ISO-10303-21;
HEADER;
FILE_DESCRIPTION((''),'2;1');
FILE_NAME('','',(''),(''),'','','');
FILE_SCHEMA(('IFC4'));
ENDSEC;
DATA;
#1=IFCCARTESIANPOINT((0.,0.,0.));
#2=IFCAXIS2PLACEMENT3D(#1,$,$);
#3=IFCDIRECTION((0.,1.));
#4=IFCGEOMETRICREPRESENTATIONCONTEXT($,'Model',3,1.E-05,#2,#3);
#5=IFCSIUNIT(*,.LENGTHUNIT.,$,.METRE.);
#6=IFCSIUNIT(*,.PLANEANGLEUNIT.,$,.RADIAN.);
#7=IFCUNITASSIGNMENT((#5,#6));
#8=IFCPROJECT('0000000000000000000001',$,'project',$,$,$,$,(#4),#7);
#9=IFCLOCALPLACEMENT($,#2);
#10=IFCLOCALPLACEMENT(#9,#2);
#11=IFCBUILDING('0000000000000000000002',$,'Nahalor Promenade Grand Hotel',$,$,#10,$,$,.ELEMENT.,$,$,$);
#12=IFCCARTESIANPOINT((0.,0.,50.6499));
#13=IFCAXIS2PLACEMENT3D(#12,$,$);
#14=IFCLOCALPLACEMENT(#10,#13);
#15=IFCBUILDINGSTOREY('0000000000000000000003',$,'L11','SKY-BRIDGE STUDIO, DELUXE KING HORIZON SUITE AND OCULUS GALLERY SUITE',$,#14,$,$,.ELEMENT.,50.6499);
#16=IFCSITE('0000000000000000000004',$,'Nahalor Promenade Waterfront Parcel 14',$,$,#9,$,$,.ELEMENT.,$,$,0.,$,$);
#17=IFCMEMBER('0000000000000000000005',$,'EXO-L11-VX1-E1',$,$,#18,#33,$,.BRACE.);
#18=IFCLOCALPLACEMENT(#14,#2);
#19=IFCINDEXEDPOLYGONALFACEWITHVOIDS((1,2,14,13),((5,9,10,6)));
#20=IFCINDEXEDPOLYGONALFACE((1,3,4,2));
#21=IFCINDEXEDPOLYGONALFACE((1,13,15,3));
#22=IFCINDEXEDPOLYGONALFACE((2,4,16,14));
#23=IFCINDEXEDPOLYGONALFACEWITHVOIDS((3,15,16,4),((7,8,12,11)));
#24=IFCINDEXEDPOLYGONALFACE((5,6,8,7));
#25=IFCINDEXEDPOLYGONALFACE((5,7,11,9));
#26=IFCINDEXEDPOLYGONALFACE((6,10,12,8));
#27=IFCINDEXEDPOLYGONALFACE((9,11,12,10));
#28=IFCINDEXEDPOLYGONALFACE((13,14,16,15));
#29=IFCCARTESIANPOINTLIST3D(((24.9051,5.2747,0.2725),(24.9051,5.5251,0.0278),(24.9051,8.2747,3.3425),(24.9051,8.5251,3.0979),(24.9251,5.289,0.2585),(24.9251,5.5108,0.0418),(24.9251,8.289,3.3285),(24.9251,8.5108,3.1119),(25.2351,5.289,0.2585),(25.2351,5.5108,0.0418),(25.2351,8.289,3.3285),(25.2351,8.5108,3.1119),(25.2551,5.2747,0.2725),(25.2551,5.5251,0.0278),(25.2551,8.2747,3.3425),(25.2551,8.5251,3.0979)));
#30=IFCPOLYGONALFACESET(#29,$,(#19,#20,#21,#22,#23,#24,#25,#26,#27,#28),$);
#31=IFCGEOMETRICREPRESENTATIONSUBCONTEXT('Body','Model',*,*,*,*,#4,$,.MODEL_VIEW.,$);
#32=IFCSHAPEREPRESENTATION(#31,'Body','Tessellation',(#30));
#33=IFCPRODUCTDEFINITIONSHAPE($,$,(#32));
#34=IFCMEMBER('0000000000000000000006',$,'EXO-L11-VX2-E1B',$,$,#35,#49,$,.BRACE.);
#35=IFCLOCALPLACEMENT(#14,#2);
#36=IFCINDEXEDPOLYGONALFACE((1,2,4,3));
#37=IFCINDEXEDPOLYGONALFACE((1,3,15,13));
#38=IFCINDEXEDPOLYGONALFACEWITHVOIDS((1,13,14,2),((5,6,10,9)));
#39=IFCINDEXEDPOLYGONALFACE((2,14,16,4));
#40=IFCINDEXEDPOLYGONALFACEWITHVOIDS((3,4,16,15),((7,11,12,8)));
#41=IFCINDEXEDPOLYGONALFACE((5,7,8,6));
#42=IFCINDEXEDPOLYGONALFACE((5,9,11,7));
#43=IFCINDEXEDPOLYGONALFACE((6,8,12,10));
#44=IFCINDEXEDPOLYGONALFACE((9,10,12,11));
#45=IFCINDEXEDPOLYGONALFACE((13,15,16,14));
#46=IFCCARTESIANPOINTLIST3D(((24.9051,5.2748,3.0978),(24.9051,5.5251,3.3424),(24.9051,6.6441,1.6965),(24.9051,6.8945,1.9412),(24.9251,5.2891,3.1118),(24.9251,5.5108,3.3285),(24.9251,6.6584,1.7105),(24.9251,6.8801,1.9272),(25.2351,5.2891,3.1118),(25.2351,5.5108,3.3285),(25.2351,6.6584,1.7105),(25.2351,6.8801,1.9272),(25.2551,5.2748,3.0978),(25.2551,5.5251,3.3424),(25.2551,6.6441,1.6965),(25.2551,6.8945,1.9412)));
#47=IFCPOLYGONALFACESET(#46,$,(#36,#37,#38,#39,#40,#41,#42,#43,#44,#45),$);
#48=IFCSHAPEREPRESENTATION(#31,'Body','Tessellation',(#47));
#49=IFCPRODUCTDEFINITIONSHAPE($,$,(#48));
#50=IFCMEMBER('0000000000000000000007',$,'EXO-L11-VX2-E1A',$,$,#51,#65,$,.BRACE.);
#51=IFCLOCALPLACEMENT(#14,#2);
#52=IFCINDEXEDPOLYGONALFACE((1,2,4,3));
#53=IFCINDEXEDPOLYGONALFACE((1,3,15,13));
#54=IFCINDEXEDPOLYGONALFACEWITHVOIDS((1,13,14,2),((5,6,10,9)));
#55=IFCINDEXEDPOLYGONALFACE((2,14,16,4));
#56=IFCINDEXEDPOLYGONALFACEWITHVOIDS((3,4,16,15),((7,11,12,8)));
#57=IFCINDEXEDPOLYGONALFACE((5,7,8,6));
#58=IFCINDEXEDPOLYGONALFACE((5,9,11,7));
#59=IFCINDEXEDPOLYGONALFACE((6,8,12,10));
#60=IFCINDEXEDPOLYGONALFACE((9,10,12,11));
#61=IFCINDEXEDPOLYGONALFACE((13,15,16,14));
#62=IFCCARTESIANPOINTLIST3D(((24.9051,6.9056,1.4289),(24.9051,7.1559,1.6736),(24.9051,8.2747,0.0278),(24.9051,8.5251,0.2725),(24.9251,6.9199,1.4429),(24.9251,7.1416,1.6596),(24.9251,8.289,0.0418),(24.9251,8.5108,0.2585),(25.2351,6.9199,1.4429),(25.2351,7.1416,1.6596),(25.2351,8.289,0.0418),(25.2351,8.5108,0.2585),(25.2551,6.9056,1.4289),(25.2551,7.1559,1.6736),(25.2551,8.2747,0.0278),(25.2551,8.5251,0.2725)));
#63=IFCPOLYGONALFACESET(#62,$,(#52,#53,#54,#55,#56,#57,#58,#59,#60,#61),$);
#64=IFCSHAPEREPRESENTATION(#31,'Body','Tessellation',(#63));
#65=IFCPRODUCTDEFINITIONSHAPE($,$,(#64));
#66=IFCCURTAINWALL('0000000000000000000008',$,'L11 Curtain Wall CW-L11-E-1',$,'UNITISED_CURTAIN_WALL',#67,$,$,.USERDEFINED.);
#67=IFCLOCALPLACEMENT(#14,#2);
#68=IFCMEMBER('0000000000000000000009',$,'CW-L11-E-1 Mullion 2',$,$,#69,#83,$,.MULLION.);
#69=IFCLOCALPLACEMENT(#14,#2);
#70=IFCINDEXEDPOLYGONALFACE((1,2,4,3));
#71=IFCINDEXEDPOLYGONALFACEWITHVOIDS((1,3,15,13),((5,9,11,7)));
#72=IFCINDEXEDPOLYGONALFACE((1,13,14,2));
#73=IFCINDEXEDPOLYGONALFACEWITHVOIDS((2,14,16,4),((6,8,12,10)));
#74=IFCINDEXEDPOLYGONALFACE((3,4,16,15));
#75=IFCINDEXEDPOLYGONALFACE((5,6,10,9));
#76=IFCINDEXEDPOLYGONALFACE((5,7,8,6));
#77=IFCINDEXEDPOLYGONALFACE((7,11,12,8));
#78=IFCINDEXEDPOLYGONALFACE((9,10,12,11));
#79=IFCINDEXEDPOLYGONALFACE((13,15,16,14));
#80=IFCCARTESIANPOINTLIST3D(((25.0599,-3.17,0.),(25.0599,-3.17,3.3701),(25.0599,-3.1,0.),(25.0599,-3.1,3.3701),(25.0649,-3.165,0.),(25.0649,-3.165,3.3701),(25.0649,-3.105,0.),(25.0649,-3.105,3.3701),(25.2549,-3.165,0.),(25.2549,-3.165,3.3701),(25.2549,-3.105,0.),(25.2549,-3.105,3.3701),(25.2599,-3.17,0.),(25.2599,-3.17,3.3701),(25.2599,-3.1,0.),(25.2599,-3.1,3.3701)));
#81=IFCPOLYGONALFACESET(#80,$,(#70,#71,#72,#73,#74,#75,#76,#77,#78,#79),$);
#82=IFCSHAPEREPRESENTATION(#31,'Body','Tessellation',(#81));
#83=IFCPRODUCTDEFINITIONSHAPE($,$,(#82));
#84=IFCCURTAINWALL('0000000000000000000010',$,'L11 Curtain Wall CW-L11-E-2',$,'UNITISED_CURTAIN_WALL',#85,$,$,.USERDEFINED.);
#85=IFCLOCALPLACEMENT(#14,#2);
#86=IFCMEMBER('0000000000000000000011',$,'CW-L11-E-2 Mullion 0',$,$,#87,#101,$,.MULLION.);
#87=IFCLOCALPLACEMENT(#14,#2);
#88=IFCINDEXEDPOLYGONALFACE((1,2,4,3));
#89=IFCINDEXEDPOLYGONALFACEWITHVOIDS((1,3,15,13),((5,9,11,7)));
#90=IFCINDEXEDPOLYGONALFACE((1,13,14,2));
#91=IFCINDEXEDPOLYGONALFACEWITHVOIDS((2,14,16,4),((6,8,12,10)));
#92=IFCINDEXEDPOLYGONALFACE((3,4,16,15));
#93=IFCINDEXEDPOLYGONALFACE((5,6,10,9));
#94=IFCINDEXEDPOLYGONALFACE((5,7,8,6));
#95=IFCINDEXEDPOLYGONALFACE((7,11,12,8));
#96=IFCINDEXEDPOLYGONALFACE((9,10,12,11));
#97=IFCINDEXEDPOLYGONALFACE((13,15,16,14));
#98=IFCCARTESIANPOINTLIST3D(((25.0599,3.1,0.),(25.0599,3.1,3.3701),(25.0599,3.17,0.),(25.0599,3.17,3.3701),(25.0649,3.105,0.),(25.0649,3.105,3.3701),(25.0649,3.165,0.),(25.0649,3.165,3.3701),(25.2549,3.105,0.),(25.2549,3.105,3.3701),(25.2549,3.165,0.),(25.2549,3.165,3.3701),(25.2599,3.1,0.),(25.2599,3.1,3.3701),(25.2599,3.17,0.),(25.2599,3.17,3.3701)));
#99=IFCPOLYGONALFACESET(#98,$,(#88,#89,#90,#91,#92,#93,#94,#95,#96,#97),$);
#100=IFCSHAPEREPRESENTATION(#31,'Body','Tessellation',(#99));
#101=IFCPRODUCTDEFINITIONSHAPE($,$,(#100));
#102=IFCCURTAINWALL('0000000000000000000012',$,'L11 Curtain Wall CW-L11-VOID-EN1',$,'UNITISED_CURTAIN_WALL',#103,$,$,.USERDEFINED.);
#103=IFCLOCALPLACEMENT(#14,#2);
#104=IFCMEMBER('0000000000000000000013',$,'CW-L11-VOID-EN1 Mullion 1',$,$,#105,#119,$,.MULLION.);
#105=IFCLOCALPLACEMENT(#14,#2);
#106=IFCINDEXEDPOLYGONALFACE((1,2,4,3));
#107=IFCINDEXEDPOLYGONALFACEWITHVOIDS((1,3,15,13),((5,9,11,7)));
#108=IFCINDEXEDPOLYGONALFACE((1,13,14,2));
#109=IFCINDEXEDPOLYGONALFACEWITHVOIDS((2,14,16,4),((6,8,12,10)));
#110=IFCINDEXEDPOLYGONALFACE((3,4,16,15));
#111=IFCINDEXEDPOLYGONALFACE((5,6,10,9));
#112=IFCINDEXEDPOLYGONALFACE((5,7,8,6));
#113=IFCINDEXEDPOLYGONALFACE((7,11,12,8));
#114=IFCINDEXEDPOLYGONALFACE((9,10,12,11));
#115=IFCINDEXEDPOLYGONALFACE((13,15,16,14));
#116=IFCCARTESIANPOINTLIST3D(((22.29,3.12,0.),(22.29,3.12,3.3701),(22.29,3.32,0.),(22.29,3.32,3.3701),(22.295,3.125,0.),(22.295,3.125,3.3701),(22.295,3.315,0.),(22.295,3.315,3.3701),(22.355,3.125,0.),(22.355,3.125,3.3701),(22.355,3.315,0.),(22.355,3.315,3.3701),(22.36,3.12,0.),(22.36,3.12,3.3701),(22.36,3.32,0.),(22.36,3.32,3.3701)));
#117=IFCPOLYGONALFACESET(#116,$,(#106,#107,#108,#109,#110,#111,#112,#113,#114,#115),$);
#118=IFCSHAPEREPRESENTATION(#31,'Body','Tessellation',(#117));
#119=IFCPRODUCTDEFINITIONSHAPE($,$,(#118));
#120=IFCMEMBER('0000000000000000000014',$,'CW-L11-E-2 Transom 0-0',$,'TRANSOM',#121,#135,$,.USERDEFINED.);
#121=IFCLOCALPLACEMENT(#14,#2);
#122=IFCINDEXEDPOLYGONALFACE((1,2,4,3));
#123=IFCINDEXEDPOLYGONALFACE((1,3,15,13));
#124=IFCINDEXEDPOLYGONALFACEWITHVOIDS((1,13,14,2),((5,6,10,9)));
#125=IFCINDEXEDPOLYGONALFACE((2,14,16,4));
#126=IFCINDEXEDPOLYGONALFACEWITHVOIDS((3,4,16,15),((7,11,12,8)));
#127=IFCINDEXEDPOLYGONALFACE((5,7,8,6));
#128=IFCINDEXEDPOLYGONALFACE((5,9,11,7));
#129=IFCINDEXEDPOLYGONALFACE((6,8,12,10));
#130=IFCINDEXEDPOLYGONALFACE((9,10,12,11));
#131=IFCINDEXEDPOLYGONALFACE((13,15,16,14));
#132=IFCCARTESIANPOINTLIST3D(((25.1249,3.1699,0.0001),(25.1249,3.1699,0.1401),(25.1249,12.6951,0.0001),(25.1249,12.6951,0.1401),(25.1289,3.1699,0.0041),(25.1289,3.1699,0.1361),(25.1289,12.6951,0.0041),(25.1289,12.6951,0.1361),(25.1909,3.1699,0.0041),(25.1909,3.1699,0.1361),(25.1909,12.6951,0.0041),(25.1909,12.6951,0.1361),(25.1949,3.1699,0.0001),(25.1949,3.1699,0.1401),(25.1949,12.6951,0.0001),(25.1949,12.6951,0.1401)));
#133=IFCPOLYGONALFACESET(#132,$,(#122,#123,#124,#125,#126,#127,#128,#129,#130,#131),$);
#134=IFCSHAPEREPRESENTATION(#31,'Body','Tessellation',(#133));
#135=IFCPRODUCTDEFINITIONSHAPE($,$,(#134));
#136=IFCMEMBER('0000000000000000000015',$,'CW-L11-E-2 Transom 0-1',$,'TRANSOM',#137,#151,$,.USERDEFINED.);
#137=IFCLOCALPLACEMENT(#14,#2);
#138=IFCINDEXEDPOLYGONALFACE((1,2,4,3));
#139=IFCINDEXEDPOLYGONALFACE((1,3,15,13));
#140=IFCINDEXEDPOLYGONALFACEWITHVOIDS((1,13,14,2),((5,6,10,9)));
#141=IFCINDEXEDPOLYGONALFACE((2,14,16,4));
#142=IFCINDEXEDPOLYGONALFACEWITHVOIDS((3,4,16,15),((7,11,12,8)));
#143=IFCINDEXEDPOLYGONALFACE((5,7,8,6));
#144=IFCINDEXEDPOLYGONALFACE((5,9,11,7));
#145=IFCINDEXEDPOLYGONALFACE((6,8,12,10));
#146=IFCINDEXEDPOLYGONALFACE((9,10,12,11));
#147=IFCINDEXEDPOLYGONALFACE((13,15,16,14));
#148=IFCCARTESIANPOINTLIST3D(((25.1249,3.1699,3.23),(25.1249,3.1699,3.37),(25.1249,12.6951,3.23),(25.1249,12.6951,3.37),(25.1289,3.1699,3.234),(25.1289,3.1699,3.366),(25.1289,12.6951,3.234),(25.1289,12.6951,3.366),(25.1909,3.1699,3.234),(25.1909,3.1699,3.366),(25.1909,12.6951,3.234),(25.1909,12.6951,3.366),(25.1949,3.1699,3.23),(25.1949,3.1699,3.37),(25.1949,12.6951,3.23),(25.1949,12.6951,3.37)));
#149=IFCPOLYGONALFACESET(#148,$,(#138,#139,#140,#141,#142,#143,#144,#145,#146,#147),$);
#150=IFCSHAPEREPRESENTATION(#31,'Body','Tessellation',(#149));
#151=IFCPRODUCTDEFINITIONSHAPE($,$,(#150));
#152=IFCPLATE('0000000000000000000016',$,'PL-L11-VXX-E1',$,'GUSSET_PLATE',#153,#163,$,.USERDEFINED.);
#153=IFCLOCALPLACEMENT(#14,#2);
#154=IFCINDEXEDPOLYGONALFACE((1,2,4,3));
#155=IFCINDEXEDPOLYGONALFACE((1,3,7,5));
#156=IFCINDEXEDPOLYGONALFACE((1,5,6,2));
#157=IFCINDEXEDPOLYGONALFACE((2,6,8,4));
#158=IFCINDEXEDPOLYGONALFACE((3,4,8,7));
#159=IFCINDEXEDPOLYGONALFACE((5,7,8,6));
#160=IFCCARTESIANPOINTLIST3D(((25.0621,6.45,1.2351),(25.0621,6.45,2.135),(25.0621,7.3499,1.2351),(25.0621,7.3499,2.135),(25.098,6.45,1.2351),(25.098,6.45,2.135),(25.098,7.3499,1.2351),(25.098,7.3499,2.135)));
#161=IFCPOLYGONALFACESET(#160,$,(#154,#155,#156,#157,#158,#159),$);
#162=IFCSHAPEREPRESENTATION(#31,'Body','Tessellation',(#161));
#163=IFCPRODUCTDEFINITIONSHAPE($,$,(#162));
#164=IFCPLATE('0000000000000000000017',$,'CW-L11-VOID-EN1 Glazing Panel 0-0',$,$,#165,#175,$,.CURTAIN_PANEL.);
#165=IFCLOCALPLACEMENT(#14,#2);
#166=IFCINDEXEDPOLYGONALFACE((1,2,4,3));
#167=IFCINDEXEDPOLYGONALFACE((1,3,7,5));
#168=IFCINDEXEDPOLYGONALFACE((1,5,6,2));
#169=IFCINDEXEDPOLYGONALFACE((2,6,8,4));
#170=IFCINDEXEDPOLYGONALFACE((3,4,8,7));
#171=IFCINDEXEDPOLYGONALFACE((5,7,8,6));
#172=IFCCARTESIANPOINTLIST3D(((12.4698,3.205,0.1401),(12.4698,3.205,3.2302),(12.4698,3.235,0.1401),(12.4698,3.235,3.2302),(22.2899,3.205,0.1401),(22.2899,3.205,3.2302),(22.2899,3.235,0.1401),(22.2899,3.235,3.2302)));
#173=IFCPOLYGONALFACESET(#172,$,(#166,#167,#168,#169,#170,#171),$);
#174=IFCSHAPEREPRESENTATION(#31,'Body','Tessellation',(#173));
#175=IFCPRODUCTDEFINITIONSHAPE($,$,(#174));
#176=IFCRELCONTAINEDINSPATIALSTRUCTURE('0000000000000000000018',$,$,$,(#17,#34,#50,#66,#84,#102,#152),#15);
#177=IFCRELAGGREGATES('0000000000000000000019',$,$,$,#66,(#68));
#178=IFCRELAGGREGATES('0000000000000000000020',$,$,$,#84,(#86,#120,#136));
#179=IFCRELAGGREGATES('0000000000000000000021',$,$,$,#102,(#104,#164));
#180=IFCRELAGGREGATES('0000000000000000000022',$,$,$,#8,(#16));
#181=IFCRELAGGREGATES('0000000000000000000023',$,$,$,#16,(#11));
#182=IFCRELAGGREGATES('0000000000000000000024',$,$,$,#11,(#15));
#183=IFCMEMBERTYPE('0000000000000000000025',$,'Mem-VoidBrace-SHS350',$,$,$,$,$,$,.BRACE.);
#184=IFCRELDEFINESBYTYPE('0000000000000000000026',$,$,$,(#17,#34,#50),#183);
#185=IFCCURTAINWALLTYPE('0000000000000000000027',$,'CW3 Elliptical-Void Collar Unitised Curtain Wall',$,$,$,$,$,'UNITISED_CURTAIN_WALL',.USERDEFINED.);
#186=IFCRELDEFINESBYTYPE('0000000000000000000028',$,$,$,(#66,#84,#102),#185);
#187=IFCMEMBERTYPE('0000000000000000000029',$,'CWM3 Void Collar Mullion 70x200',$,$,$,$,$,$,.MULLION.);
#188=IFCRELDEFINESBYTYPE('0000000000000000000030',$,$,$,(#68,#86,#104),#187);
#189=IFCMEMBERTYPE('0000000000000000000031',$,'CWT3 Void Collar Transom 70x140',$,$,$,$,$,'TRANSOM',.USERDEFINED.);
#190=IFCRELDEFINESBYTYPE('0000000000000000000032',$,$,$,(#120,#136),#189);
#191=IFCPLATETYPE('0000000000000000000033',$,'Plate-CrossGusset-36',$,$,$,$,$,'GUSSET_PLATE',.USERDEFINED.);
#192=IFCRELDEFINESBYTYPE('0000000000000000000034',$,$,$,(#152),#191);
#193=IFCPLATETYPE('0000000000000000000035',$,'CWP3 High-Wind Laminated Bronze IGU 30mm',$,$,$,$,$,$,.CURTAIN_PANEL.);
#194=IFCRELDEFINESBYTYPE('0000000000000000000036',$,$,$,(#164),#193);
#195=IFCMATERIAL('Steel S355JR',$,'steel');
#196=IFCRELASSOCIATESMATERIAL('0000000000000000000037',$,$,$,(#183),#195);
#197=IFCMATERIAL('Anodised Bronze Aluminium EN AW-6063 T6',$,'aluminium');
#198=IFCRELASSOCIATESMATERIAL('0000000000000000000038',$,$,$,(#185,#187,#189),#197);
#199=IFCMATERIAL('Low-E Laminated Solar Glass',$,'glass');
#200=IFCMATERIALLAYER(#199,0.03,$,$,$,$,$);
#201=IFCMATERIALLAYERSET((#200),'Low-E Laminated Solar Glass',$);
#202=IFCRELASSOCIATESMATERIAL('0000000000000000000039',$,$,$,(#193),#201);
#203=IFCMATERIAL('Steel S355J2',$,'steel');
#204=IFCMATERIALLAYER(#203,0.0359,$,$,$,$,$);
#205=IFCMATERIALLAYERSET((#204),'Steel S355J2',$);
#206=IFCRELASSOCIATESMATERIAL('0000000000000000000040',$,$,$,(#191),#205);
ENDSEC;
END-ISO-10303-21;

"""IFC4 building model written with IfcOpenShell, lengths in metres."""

from ifc_helpers import new_model, si_unit, direction, frame, origin, origin_2d, place, context, subcontext, project, spatial, rectangle, hollow_rectangle, extrude, source, transform, mapped, material, layer, layer_set, material_profile, profile_set, type_object, element, aggregate, save


model = new_model("IFC4")

# Units and contexts
model_context = context("Model", 3, precision=1e-05, world=origin(), true_north=direction((0.0, 1.0)))
body_context = subcontext(model_context, "Body", "Model", "MODEL_VIEW")
ifc_project = project(units=[si_unit("LENGTHUNIT", "METRE"), si_unit("PLANEANGLEUNIT", "RADIAN")], contexts=[model_context])

# Site, building, storey
site_placement = place(None, origin())
site = spatial("IfcSite", under=ifc_project, at=site_placement, Name="Nahalor Promenade Waterfront Parcel 14", CompositionType="ELEMENT", RefElevation=0.0)
building_placement = place(site_placement, origin())
building = spatial("IfcBuilding", under=site, at=building_placement, Name="Nahalor Promenade Grand Hotel", CompositionType="ELEMENT")
storey_placement = place(building_placement, frame((0.0, 0.0, 50.6499)))
storey = spatial("IfcBuildingStorey", under=building, at=storey_placement, Name="L11", Description="SKY-BRIDGE STUDIO, DELUXE KING HORIZON SUITE AND OCULUS GALLERY SUITE", CompositionType="ELEMENT", Elevation=50.6499)

# Shared definitions
ifc_material_1 = material(Name="Steel S355J2", Category="steel")

# Shared definitions
ifc_material_2 = material(Name="Steel S355JR", Category="steel")

# Members
ifc_material_profile_1 = material_profile(ifc_material_2, hollow_rectangle(XDim=0.35, YDim=0.35, WallThickness=0.02, at=origin_2d()), Name="SHS 350x350x20")
ifc_profile_set_1 = profile_set([ifc_material_profile_1], Name="Steel S355JR")
member_type_1 = type_object("IfcMemberType", Name="Mem-VoidBrace-SHS350", PredefinedType="BRACE", material=ifc_profile_set_1)
shared_shape_1 = source(origin(), body_context, "Body", "SweptSolid", [
    extrude(hollow_rectangle(XDim=0.35, YDim=0.35, WallThickness=0.02, at=origin_2d()), origin(), (0.0, 0.0, 1.0), 4.2925),
])
member_1_placement = place(storey_placement, frame((25.0801, 5.3999, 0.1501), z_axis=(0.0, 0.698898, 0.715221), x_axis=(-1.0, 0.0, 0.0)))
element("IfcMember", 1, at=member_1_placement, inside=storey, type_object=member_type_1, Name="EXO-L11-VX1-E1", PredefinedType="BRACE", context=body_context, shape_type="MappedRepresentation", body=[
    mapped(shared_shape_1, transform((0.0, 0.0, 0.0), scale=1.0)),
])
shared_shape_2 = source(origin(), body_context, "Body", "SweptSolid", [
    extrude(hollow_rectangle(XDim=0.35, YDim=0.35, WallThickness=0.02, at=origin_2d()), origin(), (0.0, 0.0, 1.0), 1.9592),
])
member_2_placement = place(storey_placement, frame((25.0801, 6.7693, 1.8188), z_axis=(0.0, -0.698898, 0.715221), x_axis=(1.0, 0.0, 0.0)))
element("IfcMember", 2, at=member_2_placement, inside=storey, type_object=member_type_1, Name="EXO-L11-VX2-E1B", PredefinedType="BRACE", context=body_context, shape_type="MappedRepresentation", body=[
    mapped(shared_shape_2, transform((0.0, 0.0, 0.0), scale=1.0)),
])
shared_shape_3 = source(origin(), body_context, "Body", "SweptSolid", [
    extrude(hollow_rectangle(XDim=0.35, YDim=0.35, WallThickness=0.02, at=origin_2d()), origin(), (0.0, 0.0, 1.0), 1.959),
])
member_3_placement = place(storey_placement, frame((25.0801, 8.3999, 0.1501), z_axis=(0.0, -0.698897, 0.715223), x_axis=(1.0, 0.0, 0.0)))
element("IfcMember", 3, at=member_3_placement, inside=storey, type_object=member_type_1, Name="EXO-L11-VX2-E1A", PredefinedType="BRACE", context=body_context, shape_type="MappedRepresentation", body=[
    mapped(shared_shape_3, transform((0.0, 0.0, 0.0), scale=1.0)),
])

# Curtain walls, members
ifc_material_3 = material(Name="Anodised Bronze Aluminium EN AW-6063 T6", Category="aluminium")
curtain_wall_type = type_object("IfcCurtainWallType", Name="CW3 Elliptical-Void Collar Unitised Curtain Wall", ElementType="UNITISED_CURTAIN_WALL", PredefinedType="USERDEFINED", material=ifc_material_3)
curtain_wall_1_placement = place(storey_placement, origin())
curtain_wall_1 = element("IfcCurtainWall", 4, at=curtain_wall_1_placement, inside=storey, type_object=curtain_wall_type, Name="L11 Curtain Wall CW-L11-E-1", ObjectType="UNITISED_CURTAIN_WALL", PredefinedType="USERDEFINED")
ifc_material_profile_2 = material_profile(ifc_material_3, hollow_rectangle(XDim=0.07, YDim=0.2, WallThickness=0.005, at=origin_2d()), Name="CWM 70x200x5")
ifc_profile_set_2 = profile_set([ifc_material_profile_2], Name="Anodised Bronze Aluminium EN AW-6063 T6")
member_type_2 = type_object("IfcMemberType", Name="CWM3 Void Collar Mullion 70x200", PredefinedType="MULLION", material=ifc_profile_set_2)
shared_shape_4 = source(origin(), body_context, "Body", "SweptSolid", [
    extrude(hollow_rectangle(XDim=0.07, YDim=0.2, WallThickness=0.005, at=origin_2d()), origin(), (0.0, 0.0, 1.0), 3.3701),
])
member_4_placement = place(storey_placement, frame((25.1599, -3.135, 0.0), z_axis=(0.0, 0.0, 1.0), x_axis=(0.0, 1.0, 0.0)))
member_4 = element("IfcMember", 5, at=member_4_placement, type_object=member_type_2, Name="CW-L11-E-1 Mullion 2", PredefinedType="MULLION", context=body_context, shape_type="MappedRepresentation", body=[
    mapped(shared_shape_4, transform((0.0, 0.0, 0.0), scale=1.0)),
])
aggregate(curtain_wall_1, [member_4])
curtain_wall_2_placement = place(storey_placement, origin())
curtain_wall_2 = element("IfcCurtainWall", 6, at=curtain_wall_2_placement, inside=storey, type_object=curtain_wall_type, Name="L11 Curtain Wall CW-L11-E-2", ObjectType="UNITISED_CURTAIN_WALL", PredefinedType="USERDEFINED")
member_5_placement = place(storey_placement, frame((25.1599, 3.135, 0.0), z_axis=(0.0, 0.0, 1.0), x_axis=(0.0, 1.0, 0.0)))
member_5 = element("IfcMember", 7, at=member_5_placement, type_object=member_type_2, Name="CW-L11-E-2 Mullion 0", PredefinedType="MULLION", context=body_context, shape_type="MappedRepresentation", body=[
    mapped(shared_shape_4, transform((0.0, 0.0, 0.0), scale=1.0)),
])
curtain_wall_3_placement = place(storey_placement, origin())
curtain_wall_3 = element("IfcCurtainWall", 8, at=curtain_wall_3_placement, inside=storey, type_object=curtain_wall_type, Name="L11 Curtain Wall CW-L11-VOID-EN1", ObjectType="UNITISED_CURTAIN_WALL", PredefinedType="USERDEFINED")
member_6_placement = place(storey_placement, frame((22.325, 3.22, 0.0), z_axis=(0.0, 0.0, 1.0), x_axis=(1.0, 0.0, 0.0)))
member_6 = element("IfcMember", 9, at=member_6_placement, type_object=member_type_2, Name="CW-L11-VOID-EN1 Mullion 1", PredefinedType="MULLION", context=body_context, shape_type="MappedRepresentation", body=[
    mapped(shared_shape_4, transform((0.0, 0.0, 0.0), scale=1.0)),
])

# Members
ifc_material_profile_3 = material_profile(ifc_material_3, hollow_rectangle(XDim=0.07, YDim=0.14, WallThickness=0.004, at=origin_2d()), Name="CWT 70x140x4")
ifc_profile_set_3 = profile_set([ifc_material_profile_3], Name="Anodised Bronze Aluminium EN AW-6063 T6")
member_type_3 = type_object("IfcMemberType", Name="CWT3 Void Collar Transom 70x140", ElementType="TRANSOM", PredefinedType="USERDEFINED", material=ifc_profile_set_3)
shared_shape_5 = source(origin(), body_context, "Body", "SweptSolid", [
    extrude(hollow_rectangle(XDim=0.07, YDim=0.14, WallThickness=0.004, at=origin_2d()), origin(), (0.0, 0.0, 1.0), 9.5251),
])
member_7_placement = place(storey_placement, frame((25.1599, 3.1699, 0.0701), z_axis=(0.0, 1.0, 0.0), x_axis=(-1.0, 0.0, 0.0)))
member_7 = element("IfcMember", 10, at=member_7_placement, type_object=member_type_3, Name="CW-L11-E-2 Transom 0-0", ObjectType="TRANSOM", PredefinedType="USERDEFINED", context=body_context, shape_type="MappedRepresentation", body=[
    mapped(shared_shape_5, transform((0.0, 0.0, 0.0), scale=1.0)),
])
member_8_placement = place(storey_placement, frame((25.1599, 3.1699, 3.3), z_axis=(0.0, 1.0, 0.0), x_axis=(-1.0, 0.0, 0.0)))
member_8 = element("IfcMember", 11, at=member_8_placement, type_object=member_type_3, Name="CW-L11-E-2 Transom 0-1", ObjectType="TRANSOM", PredefinedType="USERDEFINED", context=body_context, shape_type="MappedRepresentation", body=[
    mapped(shared_shape_5, transform((0.0, 0.0, 0.0), scale=1.0)),
])

# Plates
ifc_material_4 = material(Name="Low-E Laminated Solar Glass", Category="glass")
ifc_layer_1 = layer(ifc_material_4, 0.03)
ifc_layer_set_1 = layer_set([ifc_layer_1], Name="Low-E Laminated Solar Glass")
plate_type_1 = type_object("IfcPlateType", Name="CWP3 High-Wind Laminated Bronze IGU 30mm", PredefinedType="CURTAIN_PANEL", material=ifc_layer_set_1)
aggregate(curtain_wall_2, [member_5, member_7, member_8])
ifc_layer_2 = layer(ifc_material_1, 0.0359)
ifc_layer_set_2 = layer_set([ifc_layer_2], Name="Steel S355J2")
plate_type_2 = type_object("IfcPlateType", Name="Plate-CrossGusset-36", ElementType="GUSSET_PLATE", PredefinedType="USERDEFINED", material=ifc_layer_set_2)
shared_shape_6 = source(origin(), body_context, "Body", "SweptSolid", [
    extrude(rectangle(XDim=0.8999, YDim=0.0359, at=origin_2d()), origin(), (0.0, 0.0, 1.0), 0.8999),
])
plate_1_placement = place(storey_placement, frame((25.0801, 6.8999, 1.2351), z_axis=(0.0, 0.0, 1.0), x_axis=(0.0, 1.0, 0.0)))
element("IfcPlate", 12, at=plate_1_placement, inside=storey, type_object=plate_type_2, Name="PL-L11-VXX-E1", ObjectType="GUSSET_PLATE", PredefinedType="USERDEFINED", context=body_context, shape_type="MappedRepresentation", body=[
    mapped(shared_shape_6, transform((0.0, 0.0, 0.0), scale=1.0)),
])
shared_shape_7 = source(origin(), body_context, "Body", "SweptSolid", [
    extrude(rectangle(XDim=9.8201, YDim=0.03, at=origin_2d()), origin(), (0.0, 0.0, 1.0), 3.0901),
])
plate_2_placement = place(storey_placement, frame((17.3799, 3.22, 0.1401), z_axis=(0.0, 0.0, 1.0), x_axis=(1.0, 0.0, 0.0)))
plate_2 = element("IfcPlate", 13, at=plate_2_placement, type_object=plate_type_1, Name="CW-L11-VOID-EN1 Glazing Panel 0-0", PredefinedType="CURTAIN_PANEL", context=body_context, shape_type="MappedRepresentation", body=[
    mapped(shared_shape_7, transform((0.0, 0.0, 0.0), scale=1.0)),
])
aggregate(curtain_wall_3, [member_6, plate_2])

save(model, "model.ifc")
